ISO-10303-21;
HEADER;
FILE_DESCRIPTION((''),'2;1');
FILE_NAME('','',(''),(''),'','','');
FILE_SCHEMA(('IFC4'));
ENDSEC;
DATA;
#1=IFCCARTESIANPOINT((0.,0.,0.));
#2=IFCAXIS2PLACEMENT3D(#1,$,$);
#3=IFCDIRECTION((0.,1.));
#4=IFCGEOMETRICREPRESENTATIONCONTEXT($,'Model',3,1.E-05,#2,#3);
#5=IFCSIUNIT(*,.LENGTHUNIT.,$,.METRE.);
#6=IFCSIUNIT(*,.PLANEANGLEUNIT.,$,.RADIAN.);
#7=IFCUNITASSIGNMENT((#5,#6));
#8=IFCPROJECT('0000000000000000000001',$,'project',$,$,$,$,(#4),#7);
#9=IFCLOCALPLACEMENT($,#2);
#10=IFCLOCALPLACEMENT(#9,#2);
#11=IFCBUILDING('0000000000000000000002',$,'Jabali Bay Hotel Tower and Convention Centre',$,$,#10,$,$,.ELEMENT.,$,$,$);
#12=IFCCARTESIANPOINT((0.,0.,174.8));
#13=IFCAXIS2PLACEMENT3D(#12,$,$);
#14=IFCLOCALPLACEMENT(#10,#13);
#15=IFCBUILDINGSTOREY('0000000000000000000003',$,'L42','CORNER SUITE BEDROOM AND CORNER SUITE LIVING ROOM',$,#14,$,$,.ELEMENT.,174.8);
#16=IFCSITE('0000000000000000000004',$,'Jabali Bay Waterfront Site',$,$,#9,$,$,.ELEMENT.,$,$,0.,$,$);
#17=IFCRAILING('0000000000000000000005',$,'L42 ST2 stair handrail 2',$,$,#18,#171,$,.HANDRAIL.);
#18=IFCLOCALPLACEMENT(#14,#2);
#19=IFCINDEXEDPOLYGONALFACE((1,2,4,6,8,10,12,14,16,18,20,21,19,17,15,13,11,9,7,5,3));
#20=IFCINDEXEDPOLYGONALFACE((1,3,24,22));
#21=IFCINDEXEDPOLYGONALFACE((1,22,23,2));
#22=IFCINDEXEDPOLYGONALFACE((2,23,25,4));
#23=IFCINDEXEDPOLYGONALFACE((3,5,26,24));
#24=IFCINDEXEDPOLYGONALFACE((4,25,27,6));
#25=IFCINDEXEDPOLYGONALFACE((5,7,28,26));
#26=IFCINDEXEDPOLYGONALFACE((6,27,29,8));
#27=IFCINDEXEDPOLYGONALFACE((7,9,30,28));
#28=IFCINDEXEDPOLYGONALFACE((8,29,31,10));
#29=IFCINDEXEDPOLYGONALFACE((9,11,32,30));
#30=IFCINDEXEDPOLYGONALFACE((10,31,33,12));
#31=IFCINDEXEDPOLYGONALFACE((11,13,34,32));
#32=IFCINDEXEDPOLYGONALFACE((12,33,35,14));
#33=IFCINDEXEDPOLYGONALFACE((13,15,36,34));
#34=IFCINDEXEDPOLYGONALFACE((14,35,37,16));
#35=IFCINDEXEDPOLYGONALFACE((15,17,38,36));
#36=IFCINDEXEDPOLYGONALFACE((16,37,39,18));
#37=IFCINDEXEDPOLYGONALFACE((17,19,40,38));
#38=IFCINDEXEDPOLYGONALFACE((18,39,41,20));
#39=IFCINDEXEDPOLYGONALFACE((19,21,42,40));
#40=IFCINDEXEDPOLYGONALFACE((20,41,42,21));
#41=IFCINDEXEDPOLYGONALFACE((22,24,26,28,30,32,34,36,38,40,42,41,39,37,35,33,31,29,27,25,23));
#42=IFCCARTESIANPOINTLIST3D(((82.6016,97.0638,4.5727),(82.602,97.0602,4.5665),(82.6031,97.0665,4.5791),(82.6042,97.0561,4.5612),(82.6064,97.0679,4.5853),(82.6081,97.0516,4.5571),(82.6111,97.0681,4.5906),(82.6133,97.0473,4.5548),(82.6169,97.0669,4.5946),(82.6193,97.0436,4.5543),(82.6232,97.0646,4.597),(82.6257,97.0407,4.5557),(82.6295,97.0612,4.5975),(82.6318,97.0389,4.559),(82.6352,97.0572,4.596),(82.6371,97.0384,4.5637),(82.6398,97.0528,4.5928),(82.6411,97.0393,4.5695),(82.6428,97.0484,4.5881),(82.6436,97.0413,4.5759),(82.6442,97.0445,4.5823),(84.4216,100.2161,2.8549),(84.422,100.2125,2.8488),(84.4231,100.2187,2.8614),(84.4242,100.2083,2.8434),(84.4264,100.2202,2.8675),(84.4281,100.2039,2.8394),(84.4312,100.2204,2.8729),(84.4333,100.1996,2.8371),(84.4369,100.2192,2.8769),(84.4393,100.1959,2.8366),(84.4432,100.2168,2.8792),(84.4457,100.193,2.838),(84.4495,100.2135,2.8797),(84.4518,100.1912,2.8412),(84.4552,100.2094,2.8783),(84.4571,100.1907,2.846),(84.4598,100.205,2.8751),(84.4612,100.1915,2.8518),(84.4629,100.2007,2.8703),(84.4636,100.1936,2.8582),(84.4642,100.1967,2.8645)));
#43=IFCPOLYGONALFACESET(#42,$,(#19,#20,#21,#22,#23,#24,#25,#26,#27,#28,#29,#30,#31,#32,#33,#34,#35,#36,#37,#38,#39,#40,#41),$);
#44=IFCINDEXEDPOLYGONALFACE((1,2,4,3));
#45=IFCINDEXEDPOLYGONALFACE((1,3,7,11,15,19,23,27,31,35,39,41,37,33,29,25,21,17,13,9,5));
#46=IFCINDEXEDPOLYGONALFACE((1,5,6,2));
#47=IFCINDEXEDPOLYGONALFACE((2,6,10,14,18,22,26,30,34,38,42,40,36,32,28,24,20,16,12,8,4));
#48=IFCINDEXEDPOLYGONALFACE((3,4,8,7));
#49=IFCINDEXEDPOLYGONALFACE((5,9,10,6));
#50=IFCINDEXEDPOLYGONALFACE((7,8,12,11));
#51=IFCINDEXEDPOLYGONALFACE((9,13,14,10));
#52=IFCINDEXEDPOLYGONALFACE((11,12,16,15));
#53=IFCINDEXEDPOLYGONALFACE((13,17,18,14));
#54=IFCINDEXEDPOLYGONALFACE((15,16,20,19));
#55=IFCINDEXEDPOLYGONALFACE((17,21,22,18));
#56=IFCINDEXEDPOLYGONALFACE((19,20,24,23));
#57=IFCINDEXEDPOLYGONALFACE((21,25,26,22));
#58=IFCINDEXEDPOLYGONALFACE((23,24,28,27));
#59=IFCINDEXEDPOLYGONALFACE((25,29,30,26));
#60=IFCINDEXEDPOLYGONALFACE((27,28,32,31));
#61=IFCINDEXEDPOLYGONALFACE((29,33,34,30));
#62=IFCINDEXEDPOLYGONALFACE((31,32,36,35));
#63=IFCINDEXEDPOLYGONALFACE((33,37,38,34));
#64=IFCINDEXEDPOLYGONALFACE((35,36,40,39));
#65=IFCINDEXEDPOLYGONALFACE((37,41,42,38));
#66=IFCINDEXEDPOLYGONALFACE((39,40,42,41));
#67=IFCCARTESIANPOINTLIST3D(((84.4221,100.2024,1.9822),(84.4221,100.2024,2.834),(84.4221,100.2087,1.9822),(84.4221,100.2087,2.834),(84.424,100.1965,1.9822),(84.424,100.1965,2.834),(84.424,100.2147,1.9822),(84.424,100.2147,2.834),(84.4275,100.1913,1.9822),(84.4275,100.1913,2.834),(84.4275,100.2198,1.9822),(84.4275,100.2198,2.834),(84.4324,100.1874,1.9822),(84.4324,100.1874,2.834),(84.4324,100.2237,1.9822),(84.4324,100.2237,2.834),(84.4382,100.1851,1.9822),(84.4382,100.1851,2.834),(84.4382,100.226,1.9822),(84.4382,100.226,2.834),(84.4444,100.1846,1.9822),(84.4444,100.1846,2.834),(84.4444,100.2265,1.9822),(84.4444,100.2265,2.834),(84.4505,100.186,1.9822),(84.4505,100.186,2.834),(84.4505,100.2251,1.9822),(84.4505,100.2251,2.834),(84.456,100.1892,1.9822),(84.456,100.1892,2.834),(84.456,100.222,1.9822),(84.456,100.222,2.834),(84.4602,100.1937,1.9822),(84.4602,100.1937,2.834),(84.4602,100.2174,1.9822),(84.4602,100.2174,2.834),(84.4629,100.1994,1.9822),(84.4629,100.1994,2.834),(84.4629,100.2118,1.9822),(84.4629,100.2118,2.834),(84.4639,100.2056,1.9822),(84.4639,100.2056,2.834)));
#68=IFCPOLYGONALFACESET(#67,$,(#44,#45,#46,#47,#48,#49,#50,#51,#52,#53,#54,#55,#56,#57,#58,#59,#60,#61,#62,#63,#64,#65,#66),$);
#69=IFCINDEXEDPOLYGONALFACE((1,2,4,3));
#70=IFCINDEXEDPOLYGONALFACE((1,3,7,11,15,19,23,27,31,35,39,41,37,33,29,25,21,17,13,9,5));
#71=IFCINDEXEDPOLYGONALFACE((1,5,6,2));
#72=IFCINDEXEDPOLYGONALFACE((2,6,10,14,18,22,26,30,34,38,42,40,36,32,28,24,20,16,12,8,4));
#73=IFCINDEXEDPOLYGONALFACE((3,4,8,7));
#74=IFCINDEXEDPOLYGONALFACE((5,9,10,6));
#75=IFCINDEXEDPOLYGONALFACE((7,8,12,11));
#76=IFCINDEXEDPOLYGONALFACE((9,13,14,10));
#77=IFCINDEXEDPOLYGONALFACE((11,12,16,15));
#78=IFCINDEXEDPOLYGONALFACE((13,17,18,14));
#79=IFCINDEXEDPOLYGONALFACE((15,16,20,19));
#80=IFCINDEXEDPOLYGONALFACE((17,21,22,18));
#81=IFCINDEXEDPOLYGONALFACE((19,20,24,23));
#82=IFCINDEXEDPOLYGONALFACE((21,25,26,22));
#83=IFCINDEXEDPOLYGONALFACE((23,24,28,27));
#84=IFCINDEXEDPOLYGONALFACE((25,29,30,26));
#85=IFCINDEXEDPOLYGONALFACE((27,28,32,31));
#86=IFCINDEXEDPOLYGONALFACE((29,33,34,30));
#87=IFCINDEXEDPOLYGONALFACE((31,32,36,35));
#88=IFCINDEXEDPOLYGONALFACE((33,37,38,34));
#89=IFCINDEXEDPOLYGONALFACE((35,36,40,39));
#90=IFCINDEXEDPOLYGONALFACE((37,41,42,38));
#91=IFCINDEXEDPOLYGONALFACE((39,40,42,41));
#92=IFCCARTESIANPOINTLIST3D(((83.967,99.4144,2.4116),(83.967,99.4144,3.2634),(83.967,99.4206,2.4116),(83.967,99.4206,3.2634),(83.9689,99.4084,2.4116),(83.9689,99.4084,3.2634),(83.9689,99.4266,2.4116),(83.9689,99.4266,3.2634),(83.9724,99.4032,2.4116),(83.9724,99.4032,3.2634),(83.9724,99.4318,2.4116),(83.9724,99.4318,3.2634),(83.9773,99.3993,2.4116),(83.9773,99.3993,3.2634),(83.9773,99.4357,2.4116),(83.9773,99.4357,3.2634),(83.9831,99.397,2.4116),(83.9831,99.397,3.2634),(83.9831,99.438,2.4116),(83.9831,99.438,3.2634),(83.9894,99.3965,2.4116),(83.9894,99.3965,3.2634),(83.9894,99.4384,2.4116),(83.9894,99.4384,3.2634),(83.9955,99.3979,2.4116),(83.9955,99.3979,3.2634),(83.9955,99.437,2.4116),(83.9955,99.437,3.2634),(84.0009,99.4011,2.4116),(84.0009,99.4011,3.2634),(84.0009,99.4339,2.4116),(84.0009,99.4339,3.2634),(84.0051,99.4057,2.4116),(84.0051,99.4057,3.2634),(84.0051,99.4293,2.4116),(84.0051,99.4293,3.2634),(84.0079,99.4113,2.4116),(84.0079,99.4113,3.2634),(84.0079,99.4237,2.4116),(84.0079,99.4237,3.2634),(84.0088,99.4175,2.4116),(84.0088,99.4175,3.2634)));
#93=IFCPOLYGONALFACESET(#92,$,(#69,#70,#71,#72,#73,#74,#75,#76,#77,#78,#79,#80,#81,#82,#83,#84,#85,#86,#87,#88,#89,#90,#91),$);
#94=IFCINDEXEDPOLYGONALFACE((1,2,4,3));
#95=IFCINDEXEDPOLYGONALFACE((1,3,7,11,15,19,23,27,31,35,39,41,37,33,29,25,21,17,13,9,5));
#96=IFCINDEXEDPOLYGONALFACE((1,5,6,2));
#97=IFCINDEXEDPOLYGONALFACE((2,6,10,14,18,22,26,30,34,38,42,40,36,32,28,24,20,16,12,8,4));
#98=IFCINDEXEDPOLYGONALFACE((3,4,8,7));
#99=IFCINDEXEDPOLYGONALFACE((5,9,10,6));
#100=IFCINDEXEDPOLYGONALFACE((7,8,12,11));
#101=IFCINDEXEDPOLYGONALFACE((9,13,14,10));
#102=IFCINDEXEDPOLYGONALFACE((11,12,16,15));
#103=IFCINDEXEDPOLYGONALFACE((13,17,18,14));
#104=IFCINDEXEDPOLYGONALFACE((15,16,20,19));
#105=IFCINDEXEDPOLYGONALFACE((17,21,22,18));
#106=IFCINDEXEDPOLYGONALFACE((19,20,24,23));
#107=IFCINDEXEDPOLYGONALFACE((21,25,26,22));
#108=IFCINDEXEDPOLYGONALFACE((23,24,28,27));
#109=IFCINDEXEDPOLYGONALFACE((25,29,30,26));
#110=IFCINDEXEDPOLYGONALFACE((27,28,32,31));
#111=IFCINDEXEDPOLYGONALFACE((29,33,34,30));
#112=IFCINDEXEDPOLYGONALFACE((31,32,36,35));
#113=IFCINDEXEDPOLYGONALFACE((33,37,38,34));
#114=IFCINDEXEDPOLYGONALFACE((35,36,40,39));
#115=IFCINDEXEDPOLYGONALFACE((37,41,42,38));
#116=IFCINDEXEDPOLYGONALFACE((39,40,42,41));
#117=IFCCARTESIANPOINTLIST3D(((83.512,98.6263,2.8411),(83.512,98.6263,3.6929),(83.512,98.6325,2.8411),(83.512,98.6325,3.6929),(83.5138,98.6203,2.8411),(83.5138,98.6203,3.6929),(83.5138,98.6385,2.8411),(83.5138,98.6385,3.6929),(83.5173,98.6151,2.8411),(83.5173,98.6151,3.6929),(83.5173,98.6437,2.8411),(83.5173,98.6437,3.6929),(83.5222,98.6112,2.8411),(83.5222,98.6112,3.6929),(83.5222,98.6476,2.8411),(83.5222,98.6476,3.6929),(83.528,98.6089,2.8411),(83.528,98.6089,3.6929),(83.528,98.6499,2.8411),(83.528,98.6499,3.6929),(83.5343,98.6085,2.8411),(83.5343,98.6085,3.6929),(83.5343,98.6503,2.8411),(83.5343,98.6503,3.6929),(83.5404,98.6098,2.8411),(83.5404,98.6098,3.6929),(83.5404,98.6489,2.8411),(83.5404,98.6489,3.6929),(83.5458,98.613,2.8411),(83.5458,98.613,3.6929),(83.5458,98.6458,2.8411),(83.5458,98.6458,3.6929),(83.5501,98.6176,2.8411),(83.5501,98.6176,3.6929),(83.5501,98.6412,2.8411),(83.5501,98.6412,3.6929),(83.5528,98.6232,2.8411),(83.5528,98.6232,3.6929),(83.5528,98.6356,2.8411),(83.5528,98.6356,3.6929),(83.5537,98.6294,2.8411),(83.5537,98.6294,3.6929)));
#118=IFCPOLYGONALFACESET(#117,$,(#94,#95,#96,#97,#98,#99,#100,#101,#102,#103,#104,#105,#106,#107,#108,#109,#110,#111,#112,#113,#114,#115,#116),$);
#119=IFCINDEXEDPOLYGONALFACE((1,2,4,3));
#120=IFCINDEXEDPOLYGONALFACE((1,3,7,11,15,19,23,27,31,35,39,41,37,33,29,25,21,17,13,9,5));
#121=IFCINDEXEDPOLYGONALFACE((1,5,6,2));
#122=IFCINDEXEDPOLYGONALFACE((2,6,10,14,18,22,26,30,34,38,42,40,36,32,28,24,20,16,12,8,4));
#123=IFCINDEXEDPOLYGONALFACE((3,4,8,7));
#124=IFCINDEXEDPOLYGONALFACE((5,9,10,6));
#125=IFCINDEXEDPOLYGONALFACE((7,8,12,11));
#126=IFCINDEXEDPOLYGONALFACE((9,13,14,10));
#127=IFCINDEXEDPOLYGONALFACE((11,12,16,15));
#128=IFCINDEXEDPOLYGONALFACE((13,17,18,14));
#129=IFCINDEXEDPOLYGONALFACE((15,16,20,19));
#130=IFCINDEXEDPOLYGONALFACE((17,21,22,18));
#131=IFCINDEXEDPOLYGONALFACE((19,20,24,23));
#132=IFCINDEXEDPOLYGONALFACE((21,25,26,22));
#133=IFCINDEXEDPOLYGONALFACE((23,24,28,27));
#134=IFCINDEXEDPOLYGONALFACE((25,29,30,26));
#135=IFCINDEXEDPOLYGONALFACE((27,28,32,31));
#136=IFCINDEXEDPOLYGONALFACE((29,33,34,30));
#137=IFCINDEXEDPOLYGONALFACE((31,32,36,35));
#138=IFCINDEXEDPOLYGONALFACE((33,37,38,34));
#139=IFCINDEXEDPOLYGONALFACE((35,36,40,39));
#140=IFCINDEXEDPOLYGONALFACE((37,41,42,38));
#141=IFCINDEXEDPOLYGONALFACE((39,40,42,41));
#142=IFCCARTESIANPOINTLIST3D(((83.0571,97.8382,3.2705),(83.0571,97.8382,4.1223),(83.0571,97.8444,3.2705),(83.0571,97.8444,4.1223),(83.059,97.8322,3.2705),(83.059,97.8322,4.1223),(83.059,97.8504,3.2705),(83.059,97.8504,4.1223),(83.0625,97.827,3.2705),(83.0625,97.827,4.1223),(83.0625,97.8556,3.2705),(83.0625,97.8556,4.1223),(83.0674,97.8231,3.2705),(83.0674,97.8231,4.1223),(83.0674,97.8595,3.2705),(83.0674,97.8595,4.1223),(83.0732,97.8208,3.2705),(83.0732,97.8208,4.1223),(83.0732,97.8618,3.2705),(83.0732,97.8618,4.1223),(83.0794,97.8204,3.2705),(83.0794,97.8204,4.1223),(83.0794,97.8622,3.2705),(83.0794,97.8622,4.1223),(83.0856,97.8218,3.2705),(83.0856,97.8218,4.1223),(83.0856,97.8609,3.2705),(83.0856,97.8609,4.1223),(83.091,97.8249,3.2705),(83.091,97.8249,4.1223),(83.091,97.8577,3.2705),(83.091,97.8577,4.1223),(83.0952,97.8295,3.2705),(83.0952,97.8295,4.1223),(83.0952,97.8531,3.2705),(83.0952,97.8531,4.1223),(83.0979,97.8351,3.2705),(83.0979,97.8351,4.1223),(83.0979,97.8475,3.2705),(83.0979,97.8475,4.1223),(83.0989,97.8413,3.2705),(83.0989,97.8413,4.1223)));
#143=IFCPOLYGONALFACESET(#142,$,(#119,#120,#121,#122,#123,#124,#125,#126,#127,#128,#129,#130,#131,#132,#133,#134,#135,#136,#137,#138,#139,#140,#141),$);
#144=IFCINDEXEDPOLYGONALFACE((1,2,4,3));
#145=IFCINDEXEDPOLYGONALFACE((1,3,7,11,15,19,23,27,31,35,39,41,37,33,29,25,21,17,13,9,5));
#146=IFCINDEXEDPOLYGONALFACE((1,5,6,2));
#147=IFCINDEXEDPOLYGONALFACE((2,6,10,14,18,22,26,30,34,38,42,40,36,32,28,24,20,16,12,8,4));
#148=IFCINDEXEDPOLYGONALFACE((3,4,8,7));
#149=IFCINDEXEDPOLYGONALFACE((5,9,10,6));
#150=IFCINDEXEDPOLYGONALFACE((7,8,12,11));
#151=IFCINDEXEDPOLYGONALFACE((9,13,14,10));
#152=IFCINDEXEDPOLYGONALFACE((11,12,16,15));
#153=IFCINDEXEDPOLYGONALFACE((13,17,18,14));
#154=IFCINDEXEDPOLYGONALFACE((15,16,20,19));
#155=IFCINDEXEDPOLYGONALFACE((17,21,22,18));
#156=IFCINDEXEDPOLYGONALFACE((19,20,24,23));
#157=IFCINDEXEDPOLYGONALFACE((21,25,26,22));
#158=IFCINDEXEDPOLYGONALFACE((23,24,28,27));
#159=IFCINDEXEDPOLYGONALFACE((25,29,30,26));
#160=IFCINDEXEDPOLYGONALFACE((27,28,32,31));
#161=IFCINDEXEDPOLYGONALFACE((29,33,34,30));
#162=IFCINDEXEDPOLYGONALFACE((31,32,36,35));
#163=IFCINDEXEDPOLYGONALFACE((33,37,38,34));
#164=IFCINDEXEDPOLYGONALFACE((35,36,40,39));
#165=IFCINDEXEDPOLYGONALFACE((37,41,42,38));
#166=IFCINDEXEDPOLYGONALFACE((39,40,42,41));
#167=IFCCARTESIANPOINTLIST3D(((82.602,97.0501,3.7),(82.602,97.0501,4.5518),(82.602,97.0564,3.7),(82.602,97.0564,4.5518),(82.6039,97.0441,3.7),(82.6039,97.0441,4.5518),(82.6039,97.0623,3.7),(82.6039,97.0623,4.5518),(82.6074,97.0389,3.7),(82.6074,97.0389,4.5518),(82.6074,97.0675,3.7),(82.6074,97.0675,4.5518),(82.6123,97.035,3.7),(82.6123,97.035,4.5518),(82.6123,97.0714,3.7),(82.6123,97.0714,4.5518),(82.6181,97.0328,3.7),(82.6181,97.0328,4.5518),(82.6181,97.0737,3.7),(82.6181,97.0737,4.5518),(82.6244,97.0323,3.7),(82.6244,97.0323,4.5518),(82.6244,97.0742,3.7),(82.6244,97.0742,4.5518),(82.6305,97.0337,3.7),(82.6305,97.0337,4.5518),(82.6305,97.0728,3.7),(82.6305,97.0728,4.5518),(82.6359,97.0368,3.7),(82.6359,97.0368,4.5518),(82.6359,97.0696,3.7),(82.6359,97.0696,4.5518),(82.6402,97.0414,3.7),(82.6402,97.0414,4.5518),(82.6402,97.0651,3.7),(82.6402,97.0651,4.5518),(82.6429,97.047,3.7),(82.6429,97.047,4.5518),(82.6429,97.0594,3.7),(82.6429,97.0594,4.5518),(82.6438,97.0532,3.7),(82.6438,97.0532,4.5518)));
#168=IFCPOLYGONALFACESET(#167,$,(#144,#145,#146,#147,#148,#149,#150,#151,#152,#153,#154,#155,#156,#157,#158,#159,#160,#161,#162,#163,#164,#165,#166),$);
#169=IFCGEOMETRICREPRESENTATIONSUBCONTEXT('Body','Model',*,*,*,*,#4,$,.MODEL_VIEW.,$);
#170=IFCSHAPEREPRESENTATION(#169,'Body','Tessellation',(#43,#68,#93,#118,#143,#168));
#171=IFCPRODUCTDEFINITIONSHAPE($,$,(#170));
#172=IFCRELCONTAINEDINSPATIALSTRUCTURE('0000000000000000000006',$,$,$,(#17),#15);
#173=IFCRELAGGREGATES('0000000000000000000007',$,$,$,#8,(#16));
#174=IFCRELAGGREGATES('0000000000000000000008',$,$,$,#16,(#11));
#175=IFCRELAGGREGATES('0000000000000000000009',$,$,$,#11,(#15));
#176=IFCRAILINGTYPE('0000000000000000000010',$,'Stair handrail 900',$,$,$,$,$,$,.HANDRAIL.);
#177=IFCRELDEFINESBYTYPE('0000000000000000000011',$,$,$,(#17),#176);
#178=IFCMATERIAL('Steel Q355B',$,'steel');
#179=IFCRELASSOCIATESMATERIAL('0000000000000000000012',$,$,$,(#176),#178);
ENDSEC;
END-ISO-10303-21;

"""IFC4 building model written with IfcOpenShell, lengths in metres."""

from ifc_helpers import new_model, si_unit, direction, frame, origin, origin_2d, place, context, subcontext, project, spatial, circle, extrude, material, type_object, element, save


model = new_model("IFC4")

# Units and contexts
model_context = context("Model", 3, precision=1e-05, world=origin(), true_north=direction((0.0, 1.0)))
body_context = subcontext(model_context, "Body", "Model", "MODEL_VIEW")
ifc_project = project(units=[si_unit("LENGTHUNIT", "METRE"), si_unit("PLANEANGLEUNIT", "RADIAN")], contexts=[model_context])

# Site, building, storey
site_placement = place(None, origin())
site = spatial("IfcSite", under=ifc_project, at=site_placement, Name="Jabali Bay Waterfront Site", CompositionType="ELEMENT", RefElevation=0.0)
building_placement = place(site_placement, origin())
building = spatial("IfcBuilding", under=site, at=building_placement, Name="Jabali Bay Hotel Tower and Convention Centre", CompositionType="ELEMENT")
storey_placement = place(building_placement, frame((0.0, 0.0, 174.8)))
storey = spatial("IfcBuildingStorey", under=building, at=storey_placement, Name="L42", Description="CORNER SUITE BEDROOM AND CORNER SUITE LIVING ROOM", CompositionType="ELEMENT", Elevation=174.8)

# Railing
ifc_material_1 = material(Name="Steel Q355B", Category="steel")
railing_type_1 = type_object("IfcRailingType", Name="Stair handrail 900", PredefinedType="HANDRAIL", material=ifc_material_1)
railing_1_placement = place(storey_placement, frame((84.4429, 100.2056, 1.9822)))
element("IfcRailing", 1, at=railing_1_placement, inside=storey, type_object=railing_type_1, Name="L42 ST2 stair handrail 2", PredefinedType="HANDRAIL", context=body_context, shape_type="SweptSolid", body=[
    extrude(circle(Radius=0.0239, at=origin_2d()), frame((0.0, 0.0, 0.876), z_axis=(-0.45219, -0.78319, 0.426775), x_axis=(0.866018, -0.500013, 0.0)), (0.0, 0.0, 1.0), 4.0249),
    extrude(circle(Radius=0.021, at=origin_2d()), origin(), (0.0, 0.0, 1.0), 0.8518),
    extrude(circle(Radius=0.021, at=origin_2d()), frame((-0.4551, -0.7881, 0.4294)), (0.0, 0.0, 1.0), 0.8518),
    extrude(circle(Radius=0.021, at=origin_2d()), frame((-0.9102, -1.5762, 0.8589)), (0.0, 0.0, 1.0), 0.8518),
    extrude(circle(Radius=0.021, at=origin_2d()), frame((-1.365, -2.3643, 1.2883)), (0.0, 0.0, 1.0), 0.8518),
    extrude(circle(Radius=0.021, at=origin_2d()), frame((-1.8201, -3.1523, 1.7178)), (0.0, 0.0, 1.0), 0.8518),
])

save(model, "model.ifc")
